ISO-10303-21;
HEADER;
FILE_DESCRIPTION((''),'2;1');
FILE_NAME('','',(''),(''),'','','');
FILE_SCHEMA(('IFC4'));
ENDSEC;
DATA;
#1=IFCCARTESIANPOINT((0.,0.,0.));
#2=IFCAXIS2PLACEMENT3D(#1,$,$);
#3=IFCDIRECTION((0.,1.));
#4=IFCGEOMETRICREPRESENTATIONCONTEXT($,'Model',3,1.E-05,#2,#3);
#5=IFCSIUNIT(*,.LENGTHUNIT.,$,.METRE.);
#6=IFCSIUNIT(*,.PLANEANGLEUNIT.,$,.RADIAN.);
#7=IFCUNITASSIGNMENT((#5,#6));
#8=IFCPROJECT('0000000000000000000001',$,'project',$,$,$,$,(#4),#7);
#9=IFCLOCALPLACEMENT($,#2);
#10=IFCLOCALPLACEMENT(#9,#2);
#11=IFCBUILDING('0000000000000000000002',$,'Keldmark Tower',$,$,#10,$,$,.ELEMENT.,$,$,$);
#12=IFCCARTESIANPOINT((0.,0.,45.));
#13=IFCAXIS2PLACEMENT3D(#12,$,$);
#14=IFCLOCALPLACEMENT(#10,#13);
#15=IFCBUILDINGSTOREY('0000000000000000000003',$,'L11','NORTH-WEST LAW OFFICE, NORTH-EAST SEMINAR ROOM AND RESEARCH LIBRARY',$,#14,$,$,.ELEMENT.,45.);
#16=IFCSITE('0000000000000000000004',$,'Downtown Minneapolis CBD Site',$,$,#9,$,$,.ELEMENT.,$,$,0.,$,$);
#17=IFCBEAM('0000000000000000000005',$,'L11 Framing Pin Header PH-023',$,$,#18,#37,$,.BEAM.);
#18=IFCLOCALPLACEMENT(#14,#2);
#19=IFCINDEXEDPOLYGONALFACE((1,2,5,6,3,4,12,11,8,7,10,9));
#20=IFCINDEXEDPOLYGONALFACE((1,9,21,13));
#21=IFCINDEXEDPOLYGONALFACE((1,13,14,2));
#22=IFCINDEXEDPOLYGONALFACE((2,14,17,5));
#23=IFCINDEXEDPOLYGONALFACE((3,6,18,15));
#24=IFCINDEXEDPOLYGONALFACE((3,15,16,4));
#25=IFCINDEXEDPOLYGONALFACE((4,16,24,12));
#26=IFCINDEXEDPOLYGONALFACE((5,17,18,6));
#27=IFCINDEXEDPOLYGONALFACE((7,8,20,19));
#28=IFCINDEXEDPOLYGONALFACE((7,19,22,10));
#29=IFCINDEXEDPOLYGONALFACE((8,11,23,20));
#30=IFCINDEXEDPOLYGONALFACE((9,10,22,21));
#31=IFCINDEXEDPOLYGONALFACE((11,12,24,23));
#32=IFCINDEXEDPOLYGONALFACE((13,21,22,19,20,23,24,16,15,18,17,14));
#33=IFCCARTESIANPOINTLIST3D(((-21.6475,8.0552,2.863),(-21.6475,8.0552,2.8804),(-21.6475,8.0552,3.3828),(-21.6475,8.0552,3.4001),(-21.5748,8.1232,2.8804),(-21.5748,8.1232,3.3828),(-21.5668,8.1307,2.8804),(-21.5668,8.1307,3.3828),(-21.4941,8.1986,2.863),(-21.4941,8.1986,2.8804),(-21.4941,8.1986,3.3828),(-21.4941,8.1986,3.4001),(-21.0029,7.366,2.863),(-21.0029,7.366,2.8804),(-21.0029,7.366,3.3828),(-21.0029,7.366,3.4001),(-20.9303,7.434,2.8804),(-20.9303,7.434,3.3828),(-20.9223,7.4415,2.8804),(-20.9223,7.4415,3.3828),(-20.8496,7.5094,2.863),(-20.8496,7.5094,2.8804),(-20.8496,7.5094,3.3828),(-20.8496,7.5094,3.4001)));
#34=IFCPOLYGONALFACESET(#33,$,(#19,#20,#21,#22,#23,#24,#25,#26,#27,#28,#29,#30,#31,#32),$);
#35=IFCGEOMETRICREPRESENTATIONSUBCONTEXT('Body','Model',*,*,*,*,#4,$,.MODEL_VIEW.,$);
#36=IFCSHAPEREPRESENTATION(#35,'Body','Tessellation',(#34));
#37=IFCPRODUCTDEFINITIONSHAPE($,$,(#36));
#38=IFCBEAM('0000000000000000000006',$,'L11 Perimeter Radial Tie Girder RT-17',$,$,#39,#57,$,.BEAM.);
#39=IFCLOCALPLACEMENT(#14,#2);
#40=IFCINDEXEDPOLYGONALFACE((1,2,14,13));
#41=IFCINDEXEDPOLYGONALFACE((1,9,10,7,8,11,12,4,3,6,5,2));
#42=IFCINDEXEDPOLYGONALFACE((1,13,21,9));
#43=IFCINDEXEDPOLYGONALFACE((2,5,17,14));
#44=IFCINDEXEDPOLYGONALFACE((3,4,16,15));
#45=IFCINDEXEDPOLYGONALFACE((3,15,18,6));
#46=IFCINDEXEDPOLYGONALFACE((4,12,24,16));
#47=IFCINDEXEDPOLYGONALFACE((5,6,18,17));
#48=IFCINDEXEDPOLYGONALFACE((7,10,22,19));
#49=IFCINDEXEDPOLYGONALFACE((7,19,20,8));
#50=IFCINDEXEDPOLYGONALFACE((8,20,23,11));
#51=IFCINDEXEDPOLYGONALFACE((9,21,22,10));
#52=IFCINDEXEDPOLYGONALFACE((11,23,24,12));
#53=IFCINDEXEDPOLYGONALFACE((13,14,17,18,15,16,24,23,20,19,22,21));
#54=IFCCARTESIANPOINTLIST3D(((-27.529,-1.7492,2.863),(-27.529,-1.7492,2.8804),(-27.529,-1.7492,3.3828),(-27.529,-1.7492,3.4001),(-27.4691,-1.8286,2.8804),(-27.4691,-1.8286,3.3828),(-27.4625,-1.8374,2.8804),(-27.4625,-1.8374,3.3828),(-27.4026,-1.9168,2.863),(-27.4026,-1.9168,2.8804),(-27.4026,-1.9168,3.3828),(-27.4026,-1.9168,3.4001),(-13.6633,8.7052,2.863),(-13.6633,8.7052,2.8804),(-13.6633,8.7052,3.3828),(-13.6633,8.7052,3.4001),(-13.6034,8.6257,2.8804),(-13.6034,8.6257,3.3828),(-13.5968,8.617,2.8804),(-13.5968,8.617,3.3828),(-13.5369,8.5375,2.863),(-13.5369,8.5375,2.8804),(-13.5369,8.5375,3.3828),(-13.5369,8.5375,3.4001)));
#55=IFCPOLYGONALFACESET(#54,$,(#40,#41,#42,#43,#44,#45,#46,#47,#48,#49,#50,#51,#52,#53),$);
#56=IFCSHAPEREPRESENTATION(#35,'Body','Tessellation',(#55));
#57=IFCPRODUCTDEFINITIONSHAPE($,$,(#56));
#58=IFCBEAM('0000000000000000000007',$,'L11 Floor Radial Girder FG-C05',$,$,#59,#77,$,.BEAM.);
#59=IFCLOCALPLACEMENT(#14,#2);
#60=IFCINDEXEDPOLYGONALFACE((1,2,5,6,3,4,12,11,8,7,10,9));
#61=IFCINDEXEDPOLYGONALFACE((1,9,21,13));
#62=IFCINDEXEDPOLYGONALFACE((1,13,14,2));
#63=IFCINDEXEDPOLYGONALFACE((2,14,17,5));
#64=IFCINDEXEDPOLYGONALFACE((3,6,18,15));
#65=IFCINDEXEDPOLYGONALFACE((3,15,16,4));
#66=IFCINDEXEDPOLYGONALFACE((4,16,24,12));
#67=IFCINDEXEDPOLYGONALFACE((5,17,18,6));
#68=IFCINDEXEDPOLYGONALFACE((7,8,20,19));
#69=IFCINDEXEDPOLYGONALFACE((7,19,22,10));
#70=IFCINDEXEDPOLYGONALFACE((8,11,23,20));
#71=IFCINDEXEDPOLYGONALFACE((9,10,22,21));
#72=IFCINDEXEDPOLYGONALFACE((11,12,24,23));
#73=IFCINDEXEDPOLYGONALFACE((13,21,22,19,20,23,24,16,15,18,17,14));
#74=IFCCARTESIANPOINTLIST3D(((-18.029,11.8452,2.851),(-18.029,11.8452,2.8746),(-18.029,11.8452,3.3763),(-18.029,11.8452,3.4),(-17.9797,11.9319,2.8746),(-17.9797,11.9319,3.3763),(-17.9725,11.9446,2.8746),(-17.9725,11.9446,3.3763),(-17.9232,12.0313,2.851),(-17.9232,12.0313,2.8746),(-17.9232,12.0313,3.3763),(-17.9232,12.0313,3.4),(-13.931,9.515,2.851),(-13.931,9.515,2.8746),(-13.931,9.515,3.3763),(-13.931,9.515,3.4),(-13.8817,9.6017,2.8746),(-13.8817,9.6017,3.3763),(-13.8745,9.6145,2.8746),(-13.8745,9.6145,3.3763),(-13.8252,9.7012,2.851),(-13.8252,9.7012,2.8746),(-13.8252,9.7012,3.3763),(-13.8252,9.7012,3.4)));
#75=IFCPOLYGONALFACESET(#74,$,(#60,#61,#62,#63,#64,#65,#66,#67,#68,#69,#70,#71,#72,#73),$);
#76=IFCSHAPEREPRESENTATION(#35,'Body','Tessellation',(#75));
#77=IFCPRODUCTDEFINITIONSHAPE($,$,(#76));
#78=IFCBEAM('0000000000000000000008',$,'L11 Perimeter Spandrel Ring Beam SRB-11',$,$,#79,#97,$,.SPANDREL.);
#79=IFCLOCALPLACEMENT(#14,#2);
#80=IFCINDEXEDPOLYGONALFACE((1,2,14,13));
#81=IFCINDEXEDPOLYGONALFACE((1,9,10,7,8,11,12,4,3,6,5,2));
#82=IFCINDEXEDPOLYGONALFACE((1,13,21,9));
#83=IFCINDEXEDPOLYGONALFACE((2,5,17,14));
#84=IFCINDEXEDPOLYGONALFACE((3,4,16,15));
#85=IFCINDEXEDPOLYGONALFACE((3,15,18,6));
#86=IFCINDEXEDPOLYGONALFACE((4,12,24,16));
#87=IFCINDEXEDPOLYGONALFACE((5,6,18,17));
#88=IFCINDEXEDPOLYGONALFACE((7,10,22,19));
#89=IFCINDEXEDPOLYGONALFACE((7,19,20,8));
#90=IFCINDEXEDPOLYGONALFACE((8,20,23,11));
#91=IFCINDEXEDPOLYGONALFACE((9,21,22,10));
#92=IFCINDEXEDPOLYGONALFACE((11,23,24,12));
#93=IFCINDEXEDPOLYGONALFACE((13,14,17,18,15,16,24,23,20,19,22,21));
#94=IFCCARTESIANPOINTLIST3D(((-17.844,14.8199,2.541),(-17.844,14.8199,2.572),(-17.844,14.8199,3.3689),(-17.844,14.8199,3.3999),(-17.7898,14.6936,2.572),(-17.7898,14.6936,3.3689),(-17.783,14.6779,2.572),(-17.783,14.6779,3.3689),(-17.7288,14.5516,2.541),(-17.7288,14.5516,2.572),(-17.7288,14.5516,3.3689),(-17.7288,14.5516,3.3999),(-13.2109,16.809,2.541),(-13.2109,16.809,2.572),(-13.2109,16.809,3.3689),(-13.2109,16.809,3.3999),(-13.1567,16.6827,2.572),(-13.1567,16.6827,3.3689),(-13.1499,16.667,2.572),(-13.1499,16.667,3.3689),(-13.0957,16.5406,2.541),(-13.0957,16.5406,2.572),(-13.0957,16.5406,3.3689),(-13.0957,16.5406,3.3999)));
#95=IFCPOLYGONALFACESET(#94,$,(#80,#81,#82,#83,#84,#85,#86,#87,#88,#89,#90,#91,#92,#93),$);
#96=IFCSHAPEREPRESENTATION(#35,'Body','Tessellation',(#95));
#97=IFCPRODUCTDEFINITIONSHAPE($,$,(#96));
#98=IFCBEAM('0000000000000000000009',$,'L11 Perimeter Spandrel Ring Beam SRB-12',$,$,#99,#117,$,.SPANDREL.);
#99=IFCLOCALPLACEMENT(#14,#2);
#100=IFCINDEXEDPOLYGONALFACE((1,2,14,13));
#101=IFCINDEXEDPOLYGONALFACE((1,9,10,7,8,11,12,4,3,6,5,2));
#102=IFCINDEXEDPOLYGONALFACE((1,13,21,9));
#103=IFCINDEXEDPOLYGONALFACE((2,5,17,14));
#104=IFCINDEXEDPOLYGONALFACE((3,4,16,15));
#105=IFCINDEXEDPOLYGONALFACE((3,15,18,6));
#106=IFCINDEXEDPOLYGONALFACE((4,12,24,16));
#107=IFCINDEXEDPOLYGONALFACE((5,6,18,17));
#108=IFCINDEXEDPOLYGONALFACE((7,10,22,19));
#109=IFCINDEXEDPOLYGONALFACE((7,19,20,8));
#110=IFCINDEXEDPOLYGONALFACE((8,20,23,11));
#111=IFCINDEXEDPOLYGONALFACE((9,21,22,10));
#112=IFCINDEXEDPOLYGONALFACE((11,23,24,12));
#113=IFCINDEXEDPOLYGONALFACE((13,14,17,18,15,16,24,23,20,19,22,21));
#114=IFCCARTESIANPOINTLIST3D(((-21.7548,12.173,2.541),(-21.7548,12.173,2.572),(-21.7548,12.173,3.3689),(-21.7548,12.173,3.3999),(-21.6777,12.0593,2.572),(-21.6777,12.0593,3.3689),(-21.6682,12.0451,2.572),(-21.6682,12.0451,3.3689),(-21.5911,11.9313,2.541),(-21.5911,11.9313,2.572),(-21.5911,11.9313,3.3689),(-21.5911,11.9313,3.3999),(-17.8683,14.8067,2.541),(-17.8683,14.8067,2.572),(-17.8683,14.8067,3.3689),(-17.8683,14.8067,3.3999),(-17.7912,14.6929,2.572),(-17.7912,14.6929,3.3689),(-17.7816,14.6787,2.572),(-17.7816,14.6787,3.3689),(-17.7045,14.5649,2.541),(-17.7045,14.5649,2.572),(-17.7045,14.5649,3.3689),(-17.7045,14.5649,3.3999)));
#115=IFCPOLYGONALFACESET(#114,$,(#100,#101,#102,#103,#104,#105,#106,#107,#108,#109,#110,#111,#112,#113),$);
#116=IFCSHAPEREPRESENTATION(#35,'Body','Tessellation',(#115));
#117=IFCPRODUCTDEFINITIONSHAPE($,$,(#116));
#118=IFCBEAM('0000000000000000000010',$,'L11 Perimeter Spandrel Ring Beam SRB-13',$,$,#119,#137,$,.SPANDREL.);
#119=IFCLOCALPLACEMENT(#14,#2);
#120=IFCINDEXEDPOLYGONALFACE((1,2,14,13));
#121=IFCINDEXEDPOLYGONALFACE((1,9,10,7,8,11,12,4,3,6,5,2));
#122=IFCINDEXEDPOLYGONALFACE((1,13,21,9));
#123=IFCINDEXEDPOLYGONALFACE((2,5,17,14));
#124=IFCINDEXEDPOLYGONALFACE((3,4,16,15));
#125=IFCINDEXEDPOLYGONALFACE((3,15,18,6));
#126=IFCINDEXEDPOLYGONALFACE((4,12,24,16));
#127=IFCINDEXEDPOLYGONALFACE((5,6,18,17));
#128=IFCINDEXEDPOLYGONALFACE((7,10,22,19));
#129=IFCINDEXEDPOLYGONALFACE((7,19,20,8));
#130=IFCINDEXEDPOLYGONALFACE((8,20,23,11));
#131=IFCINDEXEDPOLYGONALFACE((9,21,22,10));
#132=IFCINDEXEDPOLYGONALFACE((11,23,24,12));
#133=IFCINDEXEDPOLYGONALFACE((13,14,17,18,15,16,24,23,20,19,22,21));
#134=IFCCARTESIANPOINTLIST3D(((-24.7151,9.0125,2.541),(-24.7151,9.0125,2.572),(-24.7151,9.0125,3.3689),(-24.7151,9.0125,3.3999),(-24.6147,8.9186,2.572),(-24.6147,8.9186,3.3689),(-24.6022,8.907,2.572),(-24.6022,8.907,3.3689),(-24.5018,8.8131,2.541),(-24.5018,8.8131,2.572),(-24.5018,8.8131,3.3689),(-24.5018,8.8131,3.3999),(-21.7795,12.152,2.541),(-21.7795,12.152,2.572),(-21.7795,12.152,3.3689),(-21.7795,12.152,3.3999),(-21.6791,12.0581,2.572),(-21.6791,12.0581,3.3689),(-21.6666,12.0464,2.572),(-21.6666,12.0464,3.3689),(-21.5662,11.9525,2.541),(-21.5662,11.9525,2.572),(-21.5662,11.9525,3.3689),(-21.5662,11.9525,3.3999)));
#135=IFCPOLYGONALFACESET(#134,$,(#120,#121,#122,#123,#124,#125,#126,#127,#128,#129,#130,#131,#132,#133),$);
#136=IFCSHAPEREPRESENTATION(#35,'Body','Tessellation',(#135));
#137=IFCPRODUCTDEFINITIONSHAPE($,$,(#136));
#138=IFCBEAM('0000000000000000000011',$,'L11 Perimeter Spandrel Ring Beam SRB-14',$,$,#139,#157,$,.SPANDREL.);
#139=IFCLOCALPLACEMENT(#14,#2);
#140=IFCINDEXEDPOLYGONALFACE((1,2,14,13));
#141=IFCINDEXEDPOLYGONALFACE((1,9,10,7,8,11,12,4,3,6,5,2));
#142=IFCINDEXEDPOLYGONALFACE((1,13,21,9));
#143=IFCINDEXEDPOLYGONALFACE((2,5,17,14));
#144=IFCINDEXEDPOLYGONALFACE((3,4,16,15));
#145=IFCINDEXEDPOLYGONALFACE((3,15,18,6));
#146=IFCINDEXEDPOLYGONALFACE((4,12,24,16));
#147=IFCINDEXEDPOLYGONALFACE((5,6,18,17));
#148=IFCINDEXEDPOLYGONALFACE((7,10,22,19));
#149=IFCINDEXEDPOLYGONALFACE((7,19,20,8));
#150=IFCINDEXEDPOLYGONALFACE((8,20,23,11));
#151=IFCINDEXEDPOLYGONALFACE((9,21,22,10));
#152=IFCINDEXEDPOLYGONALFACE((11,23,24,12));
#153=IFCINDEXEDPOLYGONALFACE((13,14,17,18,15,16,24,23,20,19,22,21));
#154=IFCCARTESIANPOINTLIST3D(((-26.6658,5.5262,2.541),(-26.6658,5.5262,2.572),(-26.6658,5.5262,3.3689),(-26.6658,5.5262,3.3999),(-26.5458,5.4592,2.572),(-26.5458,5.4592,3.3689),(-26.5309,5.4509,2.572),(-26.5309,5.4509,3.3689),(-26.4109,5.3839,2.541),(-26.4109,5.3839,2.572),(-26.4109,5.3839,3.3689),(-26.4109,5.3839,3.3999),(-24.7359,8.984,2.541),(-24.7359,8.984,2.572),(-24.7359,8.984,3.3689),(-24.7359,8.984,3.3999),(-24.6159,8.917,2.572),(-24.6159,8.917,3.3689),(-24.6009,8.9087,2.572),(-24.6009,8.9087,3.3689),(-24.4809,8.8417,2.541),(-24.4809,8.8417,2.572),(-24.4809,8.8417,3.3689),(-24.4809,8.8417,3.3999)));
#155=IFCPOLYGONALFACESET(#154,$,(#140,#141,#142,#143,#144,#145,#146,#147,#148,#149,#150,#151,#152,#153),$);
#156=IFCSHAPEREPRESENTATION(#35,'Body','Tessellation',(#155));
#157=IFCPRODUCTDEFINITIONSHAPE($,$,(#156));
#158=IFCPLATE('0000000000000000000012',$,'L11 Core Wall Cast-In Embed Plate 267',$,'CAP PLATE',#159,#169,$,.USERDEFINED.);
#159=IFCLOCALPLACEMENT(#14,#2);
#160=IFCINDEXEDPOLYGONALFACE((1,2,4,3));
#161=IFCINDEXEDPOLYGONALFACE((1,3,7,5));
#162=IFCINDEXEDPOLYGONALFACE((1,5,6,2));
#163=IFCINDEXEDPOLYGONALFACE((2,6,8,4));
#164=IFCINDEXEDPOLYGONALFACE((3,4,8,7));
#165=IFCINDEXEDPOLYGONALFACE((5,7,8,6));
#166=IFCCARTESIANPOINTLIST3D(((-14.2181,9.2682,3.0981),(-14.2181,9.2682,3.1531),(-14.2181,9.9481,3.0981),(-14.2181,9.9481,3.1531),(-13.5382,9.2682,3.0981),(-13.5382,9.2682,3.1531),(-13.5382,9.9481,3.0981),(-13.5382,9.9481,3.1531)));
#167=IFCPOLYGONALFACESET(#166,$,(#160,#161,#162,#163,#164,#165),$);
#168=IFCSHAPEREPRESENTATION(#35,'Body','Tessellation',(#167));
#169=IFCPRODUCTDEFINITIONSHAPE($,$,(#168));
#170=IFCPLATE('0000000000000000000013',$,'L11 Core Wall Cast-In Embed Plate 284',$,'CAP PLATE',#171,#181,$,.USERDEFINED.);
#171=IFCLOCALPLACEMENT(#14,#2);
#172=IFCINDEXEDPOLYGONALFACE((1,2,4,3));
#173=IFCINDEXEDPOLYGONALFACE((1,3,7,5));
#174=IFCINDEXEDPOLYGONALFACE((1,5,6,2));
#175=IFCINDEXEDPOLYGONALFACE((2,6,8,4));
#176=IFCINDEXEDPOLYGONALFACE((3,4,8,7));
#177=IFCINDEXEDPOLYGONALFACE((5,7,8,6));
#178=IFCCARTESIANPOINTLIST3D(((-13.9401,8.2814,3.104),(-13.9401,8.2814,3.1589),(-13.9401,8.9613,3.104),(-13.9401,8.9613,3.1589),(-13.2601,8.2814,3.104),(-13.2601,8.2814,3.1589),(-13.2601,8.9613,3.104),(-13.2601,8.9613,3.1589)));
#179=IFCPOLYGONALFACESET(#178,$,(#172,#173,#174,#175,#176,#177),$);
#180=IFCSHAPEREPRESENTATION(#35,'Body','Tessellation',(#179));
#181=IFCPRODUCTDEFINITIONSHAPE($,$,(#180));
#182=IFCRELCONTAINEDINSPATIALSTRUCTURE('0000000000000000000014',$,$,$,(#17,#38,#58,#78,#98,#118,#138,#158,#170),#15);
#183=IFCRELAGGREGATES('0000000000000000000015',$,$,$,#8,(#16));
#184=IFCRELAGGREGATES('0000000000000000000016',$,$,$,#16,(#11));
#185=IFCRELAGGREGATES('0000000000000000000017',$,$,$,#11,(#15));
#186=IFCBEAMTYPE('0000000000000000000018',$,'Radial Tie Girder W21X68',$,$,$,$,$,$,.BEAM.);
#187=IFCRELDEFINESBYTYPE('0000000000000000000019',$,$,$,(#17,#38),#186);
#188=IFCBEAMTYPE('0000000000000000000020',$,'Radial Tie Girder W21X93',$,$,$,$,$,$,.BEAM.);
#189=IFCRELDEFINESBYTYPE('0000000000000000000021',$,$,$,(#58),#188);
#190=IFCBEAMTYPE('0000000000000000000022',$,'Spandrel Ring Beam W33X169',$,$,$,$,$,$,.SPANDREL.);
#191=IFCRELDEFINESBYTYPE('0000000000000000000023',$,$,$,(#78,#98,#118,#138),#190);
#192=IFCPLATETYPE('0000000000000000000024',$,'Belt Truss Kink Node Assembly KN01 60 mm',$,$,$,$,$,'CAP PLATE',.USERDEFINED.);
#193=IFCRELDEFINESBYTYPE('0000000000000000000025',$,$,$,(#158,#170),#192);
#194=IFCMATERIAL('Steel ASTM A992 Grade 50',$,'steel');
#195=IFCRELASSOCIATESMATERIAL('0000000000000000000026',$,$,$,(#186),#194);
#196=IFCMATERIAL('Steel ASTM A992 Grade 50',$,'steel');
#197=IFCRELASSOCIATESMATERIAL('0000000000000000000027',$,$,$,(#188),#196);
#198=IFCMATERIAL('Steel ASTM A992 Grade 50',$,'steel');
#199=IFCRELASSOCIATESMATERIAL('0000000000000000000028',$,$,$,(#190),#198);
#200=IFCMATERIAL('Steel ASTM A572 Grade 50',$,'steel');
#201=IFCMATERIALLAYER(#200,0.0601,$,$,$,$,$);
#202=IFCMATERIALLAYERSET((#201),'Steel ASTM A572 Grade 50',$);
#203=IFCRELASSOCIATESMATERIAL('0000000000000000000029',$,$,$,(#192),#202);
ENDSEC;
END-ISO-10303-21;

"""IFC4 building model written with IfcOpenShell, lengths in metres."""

from ifc_helpers import new_model, si_unit, direction, frame, origin, origin_2d, place, context, subcontext, project, spatial, rectangle, i_section, extrude, material, layer, layer_set, material_profile, profile_set, type_object, element, save


model = new_model("IFC4")

# Units and contexts
model_context = context("Model", 3, precision=1e-05, world=origin(), true_north=direction((0.0, 1.0)))
body_context = subcontext(model_context, "Body", "Model", "MODEL_VIEW")
ifc_project = project(units=[si_unit("LENGTHUNIT", "METRE"), si_unit("PLANEANGLEUNIT", "RADIAN")], contexts=[model_context])

# Site, building, storey
site_placement = place(None, origin())
site = spatial("IfcSite", under=ifc_project, at=site_placement, Name="Downtown Minneapolis CBD Site", CompositionType="ELEMENT", RefElevation=0.0)
building_placement = place(site_placement, origin())
building = spatial("IfcBuilding", under=site, at=building_placement, Name="Keldmark Tower", CompositionType="ELEMENT")
storey_placement = place(building_placement, frame((0.0, 0.0, 45.0)))
storey = spatial("IfcBuildingStorey", under=building, at=storey_placement, Name="L11", Description="NORTH-WEST LAW OFFICE, NORTH-EAST SEMINAR ROOM AND RESEARCH LIBRARY", CompositionType="ELEMENT", Elevation=45.0)

# Beams
ifc_material_1 = material(Name="Steel ASTM A992 Grade 50", Category="steel")
ifc_material_profile_1 = material_profile(ifc_material_1, i_section(OverallWidth=0.21, OverallDepth=0.5371, WebThickness=0.011, FlangeThickness=0.0173, at=origin_2d()), Name="W21X68")
ifc_profile_set_1 = profile_set([ifc_material_profile_1], Name="Steel ASTM A992 Grade 50")
beam_type_1 = type_object("IfcBeamType", Name="Radial Tie Girder W21X68", PredefinedType="BEAM", material=ifc_profile_set_1)
beam_1_placement = place(storey_placement, frame((-20.9263, 7.4377, 3.1316), z_axis=(-0.683037, 0.730384, 0.0), x_axis=(-0.730384, -0.683037, 0.0)))
element("IfcBeam", 1, at=beam_1_placement, inside=storey, type_object=beam_type_1, Name="L11 Framing Pin Header PH-023", PredefinedType="BEAM", context=body_context, shape_type="SweptSolid", body=[
    extrude(i_section(OverallWidth=0.21, OverallDepth=0.5371, WebThickness=0.011, FlangeThickness=0.0173, at=origin_2d()), origin(), (0.0, 0.0, 1.0), 0.9436),
])
beam_2_placement = place(storey_placement, frame((-13.6001, 8.6213, 3.1316), z_axis=(-0.798476, -0.602027, 0.0), x_axis=(0.602027, -0.798476, 0.0)))
element("IfcBeam", 2, at=beam_2_placement, inside=storey, type_object=beam_type_1, Name="L11 Perimeter Radial Tie Girder RT-17", PredefinedType="BEAM", context=body_context, shape_type="SweptSolid", body=[
    extrude(i_section(OverallWidth=0.21, OverallDepth=0.5371, WebThickness=0.011, FlangeThickness=0.0173, at=origin_2d()), origin(), (0.0, 0.0, 1.0), 17.3652),
])
ifc_material_2 = material(Name="Steel ASTM A992 Grade 50", Category="steel")
ifc_material_profile_2 = material_profile(ifc_material_2, i_section(OverallWidth=0.2141, OverallDepth=0.5491, WebThickness=0.0146, FlangeThickness=0.0237, at=origin_2d()), Name="W21X93")
ifc_profile_set_2 = profile_set([ifc_material_profile_2], Name="Steel ASTM A992 Grade 50")
beam_type_2 = type_object("IfcBeamType", Name="Radial Tie Girder W21X93", PredefinedType="BEAM", material=ifc_profile_set_2)
beam_3_placement = place(storey_placement, frame((-17.9761, 11.9382, 3.1255), z_axis=(0.869299, -0.494286, 0.0), x_axis=(0.494286, 0.869299, 0.0)))
element("IfcBeam", 3, at=beam_3_placement, inside=storey, type_object=beam_type_2, Name="L11 Floor Radial Girder FG-C05", PredefinedType="BEAM", context=body_context, shape_type="SweptSolid", body=[
    extrude(i_section(OverallWidth=0.2141, OverallDepth=0.5491, WebThickness=0.0146, FlangeThickness=0.0237, at=origin_2d()), origin(), (0.0, 0.0, 1.0), 4.7141),
])
ifc_material_3 = material(Name="Steel ASTM A992 Grade 50", Category="steel")
ifc_material_profile_3 = material_profile(ifc_material_3, i_section(OverallWidth=0.292, OverallDepth=0.8589, WebThickness=0.0171, FlangeThickness=0.031, at=origin_2d()), Name="W33X169")
ifc_profile_set_3 = profile_set([ifc_material_profile_3], Name="Steel ASTM A992 Grade 50")
beam_type_3 = type_object("IfcBeamType", Name="Spandrel Ring Beam W33X169", PredefinedType="SPANDREL", material=ifc_profile_set_3)
beam_4_placement = place(storey_placement, frame((-13.1533, 16.6748, 2.9705), z_axis=(-0.918899, -0.394492, 0.0), x_axis=(0.394492, -0.918899, 0.0)))
element("IfcBeam", 4, at=beam_4_placement, inside=storey, type_object=beam_type_3, Name="L11 Perimeter Spandrel Ring Beam SRB-11", PredefinedType="SPANDREL", context=body_context, shape_type="SweptSolid", body=[
    extrude(i_section(OverallWidth=0.292, OverallDepth=0.8589, WebThickness=0.0171, FlangeThickness=0.031, at=origin_2d()), origin(), (0.0, 0.0, 1.0), 5.042),
])
beam_5_placement = place(storey_placement, frame((-17.7864, 14.6858, 2.9705), z_axis=(-0.827842, -0.560961, 0.0), x_axis=(0.560961, -0.827842, 0.0)))
element("IfcBeam", 5, at=beam_5_placement, inside=storey, type_object=beam_type_3, Name="L11 Perimeter Spandrel Ring Beam SRB-12", PredefinedType="SPANDREL", context=body_context, shape_type="SweptSolid", body=[
    extrude(i_section(OverallWidth=0.292, OverallDepth=0.8589, WebThickness=0.0171, FlangeThickness=0.031, at=origin_2d()), origin(), (0.0, 0.0, 1.0), 4.6948),
])
beam_6_placement = place(storey_placement, frame((-21.6729, 12.0522, 2.9705), z_axis=(-0.682994, -0.730424, 0.0), x_axis=(0.730424, -0.682994, 0.0)))
element("IfcBeam", 6, at=beam_6_placement, inside=storey, type_object=beam_type_3, Name="L11 Perimeter Spandrel Ring Beam SRB-13", PredefinedType="SPANDREL", context=body_context, shape_type="SweptSolid", body=[
    extrude(i_section(OverallWidth=0.292, OverallDepth=0.8589, WebThickness=0.0171, FlangeThickness=0.031, at=origin_2d()), origin(), (0.0, 0.0, 1.0), 4.2981),
])
beam_7_placement = place(storey_placement, frame((-24.6084, 8.9128, 2.9705), z_axis=(-0.487369, -0.873196, 0.0), x_axis=(0.873196, -0.487369, 0.0)))
element("IfcBeam", 7, at=beam_7_placement, inside=storey, type_object=beam_type_3, Name="L11 Perimeter Spandrel Ring Beam SRB-14", PredefinedType="SPANDREL", context=body_context, shape_type="SweptSolid", body=[
    extrude(i_section(OverallWidth=0.292, OverallDepth=0.8589, WebThickness=0.0171, FlangeThickness=0.031, at=origin_2d()), origin(), (0.0, 0.0, 1.0), 3.96),
])

# Plates
ifc_material_4 = material(Name="Steel ASTM A572 Grade 50", Category="steel")
ifc_layer_1 = layer(ifc_material_4, 0.0601)
ifc_layer_set_1 = layer_set([ifc_layer_1], Name="Steel ASTM A572 Grade 50")
plate_type_1 = type_object("IfcPlateType", Name="Belt Truss Kink Node Assembly KN01 60 mm", ElementType="CAP PLATE", PredefinedType="USERDEFINED", material=ifc_layer_set_1)
for number, where, z_axis, x_axis, name in (
    (8, (-13.8782, 9.6082, 3.0981), (0.0, 0.0, 1.0), (1.0, 0.0, 0.0), "L11 Core Wall Cast-In Embed Plate 267"),
    (9, (-13.6001, 8.6213, 3.104), (0.0, 0.0, 1.0), (1.0, 0.0, 0.0), "L11 Core Wall Cast-In Embed Plate 284"),
):
    element("IfcPlate", number, at=place(storey_placement, frame(where, z_axis=z_axis, x_axis=x_axis)), inside=storey, type_object=plate_type_1, Name=name, ObjectType="CAP PLATE", PredefinedType="USERDEFINED", context=body_context, shape_type="SweptSolid", body=[
        extrude(rectangle(XDim=0.6799, YDim=0.6799, at=origin_2d()), origin(), (0.0, 0.0, 1.0), 0.0549),
    ])

save(model, "model.ifc")
